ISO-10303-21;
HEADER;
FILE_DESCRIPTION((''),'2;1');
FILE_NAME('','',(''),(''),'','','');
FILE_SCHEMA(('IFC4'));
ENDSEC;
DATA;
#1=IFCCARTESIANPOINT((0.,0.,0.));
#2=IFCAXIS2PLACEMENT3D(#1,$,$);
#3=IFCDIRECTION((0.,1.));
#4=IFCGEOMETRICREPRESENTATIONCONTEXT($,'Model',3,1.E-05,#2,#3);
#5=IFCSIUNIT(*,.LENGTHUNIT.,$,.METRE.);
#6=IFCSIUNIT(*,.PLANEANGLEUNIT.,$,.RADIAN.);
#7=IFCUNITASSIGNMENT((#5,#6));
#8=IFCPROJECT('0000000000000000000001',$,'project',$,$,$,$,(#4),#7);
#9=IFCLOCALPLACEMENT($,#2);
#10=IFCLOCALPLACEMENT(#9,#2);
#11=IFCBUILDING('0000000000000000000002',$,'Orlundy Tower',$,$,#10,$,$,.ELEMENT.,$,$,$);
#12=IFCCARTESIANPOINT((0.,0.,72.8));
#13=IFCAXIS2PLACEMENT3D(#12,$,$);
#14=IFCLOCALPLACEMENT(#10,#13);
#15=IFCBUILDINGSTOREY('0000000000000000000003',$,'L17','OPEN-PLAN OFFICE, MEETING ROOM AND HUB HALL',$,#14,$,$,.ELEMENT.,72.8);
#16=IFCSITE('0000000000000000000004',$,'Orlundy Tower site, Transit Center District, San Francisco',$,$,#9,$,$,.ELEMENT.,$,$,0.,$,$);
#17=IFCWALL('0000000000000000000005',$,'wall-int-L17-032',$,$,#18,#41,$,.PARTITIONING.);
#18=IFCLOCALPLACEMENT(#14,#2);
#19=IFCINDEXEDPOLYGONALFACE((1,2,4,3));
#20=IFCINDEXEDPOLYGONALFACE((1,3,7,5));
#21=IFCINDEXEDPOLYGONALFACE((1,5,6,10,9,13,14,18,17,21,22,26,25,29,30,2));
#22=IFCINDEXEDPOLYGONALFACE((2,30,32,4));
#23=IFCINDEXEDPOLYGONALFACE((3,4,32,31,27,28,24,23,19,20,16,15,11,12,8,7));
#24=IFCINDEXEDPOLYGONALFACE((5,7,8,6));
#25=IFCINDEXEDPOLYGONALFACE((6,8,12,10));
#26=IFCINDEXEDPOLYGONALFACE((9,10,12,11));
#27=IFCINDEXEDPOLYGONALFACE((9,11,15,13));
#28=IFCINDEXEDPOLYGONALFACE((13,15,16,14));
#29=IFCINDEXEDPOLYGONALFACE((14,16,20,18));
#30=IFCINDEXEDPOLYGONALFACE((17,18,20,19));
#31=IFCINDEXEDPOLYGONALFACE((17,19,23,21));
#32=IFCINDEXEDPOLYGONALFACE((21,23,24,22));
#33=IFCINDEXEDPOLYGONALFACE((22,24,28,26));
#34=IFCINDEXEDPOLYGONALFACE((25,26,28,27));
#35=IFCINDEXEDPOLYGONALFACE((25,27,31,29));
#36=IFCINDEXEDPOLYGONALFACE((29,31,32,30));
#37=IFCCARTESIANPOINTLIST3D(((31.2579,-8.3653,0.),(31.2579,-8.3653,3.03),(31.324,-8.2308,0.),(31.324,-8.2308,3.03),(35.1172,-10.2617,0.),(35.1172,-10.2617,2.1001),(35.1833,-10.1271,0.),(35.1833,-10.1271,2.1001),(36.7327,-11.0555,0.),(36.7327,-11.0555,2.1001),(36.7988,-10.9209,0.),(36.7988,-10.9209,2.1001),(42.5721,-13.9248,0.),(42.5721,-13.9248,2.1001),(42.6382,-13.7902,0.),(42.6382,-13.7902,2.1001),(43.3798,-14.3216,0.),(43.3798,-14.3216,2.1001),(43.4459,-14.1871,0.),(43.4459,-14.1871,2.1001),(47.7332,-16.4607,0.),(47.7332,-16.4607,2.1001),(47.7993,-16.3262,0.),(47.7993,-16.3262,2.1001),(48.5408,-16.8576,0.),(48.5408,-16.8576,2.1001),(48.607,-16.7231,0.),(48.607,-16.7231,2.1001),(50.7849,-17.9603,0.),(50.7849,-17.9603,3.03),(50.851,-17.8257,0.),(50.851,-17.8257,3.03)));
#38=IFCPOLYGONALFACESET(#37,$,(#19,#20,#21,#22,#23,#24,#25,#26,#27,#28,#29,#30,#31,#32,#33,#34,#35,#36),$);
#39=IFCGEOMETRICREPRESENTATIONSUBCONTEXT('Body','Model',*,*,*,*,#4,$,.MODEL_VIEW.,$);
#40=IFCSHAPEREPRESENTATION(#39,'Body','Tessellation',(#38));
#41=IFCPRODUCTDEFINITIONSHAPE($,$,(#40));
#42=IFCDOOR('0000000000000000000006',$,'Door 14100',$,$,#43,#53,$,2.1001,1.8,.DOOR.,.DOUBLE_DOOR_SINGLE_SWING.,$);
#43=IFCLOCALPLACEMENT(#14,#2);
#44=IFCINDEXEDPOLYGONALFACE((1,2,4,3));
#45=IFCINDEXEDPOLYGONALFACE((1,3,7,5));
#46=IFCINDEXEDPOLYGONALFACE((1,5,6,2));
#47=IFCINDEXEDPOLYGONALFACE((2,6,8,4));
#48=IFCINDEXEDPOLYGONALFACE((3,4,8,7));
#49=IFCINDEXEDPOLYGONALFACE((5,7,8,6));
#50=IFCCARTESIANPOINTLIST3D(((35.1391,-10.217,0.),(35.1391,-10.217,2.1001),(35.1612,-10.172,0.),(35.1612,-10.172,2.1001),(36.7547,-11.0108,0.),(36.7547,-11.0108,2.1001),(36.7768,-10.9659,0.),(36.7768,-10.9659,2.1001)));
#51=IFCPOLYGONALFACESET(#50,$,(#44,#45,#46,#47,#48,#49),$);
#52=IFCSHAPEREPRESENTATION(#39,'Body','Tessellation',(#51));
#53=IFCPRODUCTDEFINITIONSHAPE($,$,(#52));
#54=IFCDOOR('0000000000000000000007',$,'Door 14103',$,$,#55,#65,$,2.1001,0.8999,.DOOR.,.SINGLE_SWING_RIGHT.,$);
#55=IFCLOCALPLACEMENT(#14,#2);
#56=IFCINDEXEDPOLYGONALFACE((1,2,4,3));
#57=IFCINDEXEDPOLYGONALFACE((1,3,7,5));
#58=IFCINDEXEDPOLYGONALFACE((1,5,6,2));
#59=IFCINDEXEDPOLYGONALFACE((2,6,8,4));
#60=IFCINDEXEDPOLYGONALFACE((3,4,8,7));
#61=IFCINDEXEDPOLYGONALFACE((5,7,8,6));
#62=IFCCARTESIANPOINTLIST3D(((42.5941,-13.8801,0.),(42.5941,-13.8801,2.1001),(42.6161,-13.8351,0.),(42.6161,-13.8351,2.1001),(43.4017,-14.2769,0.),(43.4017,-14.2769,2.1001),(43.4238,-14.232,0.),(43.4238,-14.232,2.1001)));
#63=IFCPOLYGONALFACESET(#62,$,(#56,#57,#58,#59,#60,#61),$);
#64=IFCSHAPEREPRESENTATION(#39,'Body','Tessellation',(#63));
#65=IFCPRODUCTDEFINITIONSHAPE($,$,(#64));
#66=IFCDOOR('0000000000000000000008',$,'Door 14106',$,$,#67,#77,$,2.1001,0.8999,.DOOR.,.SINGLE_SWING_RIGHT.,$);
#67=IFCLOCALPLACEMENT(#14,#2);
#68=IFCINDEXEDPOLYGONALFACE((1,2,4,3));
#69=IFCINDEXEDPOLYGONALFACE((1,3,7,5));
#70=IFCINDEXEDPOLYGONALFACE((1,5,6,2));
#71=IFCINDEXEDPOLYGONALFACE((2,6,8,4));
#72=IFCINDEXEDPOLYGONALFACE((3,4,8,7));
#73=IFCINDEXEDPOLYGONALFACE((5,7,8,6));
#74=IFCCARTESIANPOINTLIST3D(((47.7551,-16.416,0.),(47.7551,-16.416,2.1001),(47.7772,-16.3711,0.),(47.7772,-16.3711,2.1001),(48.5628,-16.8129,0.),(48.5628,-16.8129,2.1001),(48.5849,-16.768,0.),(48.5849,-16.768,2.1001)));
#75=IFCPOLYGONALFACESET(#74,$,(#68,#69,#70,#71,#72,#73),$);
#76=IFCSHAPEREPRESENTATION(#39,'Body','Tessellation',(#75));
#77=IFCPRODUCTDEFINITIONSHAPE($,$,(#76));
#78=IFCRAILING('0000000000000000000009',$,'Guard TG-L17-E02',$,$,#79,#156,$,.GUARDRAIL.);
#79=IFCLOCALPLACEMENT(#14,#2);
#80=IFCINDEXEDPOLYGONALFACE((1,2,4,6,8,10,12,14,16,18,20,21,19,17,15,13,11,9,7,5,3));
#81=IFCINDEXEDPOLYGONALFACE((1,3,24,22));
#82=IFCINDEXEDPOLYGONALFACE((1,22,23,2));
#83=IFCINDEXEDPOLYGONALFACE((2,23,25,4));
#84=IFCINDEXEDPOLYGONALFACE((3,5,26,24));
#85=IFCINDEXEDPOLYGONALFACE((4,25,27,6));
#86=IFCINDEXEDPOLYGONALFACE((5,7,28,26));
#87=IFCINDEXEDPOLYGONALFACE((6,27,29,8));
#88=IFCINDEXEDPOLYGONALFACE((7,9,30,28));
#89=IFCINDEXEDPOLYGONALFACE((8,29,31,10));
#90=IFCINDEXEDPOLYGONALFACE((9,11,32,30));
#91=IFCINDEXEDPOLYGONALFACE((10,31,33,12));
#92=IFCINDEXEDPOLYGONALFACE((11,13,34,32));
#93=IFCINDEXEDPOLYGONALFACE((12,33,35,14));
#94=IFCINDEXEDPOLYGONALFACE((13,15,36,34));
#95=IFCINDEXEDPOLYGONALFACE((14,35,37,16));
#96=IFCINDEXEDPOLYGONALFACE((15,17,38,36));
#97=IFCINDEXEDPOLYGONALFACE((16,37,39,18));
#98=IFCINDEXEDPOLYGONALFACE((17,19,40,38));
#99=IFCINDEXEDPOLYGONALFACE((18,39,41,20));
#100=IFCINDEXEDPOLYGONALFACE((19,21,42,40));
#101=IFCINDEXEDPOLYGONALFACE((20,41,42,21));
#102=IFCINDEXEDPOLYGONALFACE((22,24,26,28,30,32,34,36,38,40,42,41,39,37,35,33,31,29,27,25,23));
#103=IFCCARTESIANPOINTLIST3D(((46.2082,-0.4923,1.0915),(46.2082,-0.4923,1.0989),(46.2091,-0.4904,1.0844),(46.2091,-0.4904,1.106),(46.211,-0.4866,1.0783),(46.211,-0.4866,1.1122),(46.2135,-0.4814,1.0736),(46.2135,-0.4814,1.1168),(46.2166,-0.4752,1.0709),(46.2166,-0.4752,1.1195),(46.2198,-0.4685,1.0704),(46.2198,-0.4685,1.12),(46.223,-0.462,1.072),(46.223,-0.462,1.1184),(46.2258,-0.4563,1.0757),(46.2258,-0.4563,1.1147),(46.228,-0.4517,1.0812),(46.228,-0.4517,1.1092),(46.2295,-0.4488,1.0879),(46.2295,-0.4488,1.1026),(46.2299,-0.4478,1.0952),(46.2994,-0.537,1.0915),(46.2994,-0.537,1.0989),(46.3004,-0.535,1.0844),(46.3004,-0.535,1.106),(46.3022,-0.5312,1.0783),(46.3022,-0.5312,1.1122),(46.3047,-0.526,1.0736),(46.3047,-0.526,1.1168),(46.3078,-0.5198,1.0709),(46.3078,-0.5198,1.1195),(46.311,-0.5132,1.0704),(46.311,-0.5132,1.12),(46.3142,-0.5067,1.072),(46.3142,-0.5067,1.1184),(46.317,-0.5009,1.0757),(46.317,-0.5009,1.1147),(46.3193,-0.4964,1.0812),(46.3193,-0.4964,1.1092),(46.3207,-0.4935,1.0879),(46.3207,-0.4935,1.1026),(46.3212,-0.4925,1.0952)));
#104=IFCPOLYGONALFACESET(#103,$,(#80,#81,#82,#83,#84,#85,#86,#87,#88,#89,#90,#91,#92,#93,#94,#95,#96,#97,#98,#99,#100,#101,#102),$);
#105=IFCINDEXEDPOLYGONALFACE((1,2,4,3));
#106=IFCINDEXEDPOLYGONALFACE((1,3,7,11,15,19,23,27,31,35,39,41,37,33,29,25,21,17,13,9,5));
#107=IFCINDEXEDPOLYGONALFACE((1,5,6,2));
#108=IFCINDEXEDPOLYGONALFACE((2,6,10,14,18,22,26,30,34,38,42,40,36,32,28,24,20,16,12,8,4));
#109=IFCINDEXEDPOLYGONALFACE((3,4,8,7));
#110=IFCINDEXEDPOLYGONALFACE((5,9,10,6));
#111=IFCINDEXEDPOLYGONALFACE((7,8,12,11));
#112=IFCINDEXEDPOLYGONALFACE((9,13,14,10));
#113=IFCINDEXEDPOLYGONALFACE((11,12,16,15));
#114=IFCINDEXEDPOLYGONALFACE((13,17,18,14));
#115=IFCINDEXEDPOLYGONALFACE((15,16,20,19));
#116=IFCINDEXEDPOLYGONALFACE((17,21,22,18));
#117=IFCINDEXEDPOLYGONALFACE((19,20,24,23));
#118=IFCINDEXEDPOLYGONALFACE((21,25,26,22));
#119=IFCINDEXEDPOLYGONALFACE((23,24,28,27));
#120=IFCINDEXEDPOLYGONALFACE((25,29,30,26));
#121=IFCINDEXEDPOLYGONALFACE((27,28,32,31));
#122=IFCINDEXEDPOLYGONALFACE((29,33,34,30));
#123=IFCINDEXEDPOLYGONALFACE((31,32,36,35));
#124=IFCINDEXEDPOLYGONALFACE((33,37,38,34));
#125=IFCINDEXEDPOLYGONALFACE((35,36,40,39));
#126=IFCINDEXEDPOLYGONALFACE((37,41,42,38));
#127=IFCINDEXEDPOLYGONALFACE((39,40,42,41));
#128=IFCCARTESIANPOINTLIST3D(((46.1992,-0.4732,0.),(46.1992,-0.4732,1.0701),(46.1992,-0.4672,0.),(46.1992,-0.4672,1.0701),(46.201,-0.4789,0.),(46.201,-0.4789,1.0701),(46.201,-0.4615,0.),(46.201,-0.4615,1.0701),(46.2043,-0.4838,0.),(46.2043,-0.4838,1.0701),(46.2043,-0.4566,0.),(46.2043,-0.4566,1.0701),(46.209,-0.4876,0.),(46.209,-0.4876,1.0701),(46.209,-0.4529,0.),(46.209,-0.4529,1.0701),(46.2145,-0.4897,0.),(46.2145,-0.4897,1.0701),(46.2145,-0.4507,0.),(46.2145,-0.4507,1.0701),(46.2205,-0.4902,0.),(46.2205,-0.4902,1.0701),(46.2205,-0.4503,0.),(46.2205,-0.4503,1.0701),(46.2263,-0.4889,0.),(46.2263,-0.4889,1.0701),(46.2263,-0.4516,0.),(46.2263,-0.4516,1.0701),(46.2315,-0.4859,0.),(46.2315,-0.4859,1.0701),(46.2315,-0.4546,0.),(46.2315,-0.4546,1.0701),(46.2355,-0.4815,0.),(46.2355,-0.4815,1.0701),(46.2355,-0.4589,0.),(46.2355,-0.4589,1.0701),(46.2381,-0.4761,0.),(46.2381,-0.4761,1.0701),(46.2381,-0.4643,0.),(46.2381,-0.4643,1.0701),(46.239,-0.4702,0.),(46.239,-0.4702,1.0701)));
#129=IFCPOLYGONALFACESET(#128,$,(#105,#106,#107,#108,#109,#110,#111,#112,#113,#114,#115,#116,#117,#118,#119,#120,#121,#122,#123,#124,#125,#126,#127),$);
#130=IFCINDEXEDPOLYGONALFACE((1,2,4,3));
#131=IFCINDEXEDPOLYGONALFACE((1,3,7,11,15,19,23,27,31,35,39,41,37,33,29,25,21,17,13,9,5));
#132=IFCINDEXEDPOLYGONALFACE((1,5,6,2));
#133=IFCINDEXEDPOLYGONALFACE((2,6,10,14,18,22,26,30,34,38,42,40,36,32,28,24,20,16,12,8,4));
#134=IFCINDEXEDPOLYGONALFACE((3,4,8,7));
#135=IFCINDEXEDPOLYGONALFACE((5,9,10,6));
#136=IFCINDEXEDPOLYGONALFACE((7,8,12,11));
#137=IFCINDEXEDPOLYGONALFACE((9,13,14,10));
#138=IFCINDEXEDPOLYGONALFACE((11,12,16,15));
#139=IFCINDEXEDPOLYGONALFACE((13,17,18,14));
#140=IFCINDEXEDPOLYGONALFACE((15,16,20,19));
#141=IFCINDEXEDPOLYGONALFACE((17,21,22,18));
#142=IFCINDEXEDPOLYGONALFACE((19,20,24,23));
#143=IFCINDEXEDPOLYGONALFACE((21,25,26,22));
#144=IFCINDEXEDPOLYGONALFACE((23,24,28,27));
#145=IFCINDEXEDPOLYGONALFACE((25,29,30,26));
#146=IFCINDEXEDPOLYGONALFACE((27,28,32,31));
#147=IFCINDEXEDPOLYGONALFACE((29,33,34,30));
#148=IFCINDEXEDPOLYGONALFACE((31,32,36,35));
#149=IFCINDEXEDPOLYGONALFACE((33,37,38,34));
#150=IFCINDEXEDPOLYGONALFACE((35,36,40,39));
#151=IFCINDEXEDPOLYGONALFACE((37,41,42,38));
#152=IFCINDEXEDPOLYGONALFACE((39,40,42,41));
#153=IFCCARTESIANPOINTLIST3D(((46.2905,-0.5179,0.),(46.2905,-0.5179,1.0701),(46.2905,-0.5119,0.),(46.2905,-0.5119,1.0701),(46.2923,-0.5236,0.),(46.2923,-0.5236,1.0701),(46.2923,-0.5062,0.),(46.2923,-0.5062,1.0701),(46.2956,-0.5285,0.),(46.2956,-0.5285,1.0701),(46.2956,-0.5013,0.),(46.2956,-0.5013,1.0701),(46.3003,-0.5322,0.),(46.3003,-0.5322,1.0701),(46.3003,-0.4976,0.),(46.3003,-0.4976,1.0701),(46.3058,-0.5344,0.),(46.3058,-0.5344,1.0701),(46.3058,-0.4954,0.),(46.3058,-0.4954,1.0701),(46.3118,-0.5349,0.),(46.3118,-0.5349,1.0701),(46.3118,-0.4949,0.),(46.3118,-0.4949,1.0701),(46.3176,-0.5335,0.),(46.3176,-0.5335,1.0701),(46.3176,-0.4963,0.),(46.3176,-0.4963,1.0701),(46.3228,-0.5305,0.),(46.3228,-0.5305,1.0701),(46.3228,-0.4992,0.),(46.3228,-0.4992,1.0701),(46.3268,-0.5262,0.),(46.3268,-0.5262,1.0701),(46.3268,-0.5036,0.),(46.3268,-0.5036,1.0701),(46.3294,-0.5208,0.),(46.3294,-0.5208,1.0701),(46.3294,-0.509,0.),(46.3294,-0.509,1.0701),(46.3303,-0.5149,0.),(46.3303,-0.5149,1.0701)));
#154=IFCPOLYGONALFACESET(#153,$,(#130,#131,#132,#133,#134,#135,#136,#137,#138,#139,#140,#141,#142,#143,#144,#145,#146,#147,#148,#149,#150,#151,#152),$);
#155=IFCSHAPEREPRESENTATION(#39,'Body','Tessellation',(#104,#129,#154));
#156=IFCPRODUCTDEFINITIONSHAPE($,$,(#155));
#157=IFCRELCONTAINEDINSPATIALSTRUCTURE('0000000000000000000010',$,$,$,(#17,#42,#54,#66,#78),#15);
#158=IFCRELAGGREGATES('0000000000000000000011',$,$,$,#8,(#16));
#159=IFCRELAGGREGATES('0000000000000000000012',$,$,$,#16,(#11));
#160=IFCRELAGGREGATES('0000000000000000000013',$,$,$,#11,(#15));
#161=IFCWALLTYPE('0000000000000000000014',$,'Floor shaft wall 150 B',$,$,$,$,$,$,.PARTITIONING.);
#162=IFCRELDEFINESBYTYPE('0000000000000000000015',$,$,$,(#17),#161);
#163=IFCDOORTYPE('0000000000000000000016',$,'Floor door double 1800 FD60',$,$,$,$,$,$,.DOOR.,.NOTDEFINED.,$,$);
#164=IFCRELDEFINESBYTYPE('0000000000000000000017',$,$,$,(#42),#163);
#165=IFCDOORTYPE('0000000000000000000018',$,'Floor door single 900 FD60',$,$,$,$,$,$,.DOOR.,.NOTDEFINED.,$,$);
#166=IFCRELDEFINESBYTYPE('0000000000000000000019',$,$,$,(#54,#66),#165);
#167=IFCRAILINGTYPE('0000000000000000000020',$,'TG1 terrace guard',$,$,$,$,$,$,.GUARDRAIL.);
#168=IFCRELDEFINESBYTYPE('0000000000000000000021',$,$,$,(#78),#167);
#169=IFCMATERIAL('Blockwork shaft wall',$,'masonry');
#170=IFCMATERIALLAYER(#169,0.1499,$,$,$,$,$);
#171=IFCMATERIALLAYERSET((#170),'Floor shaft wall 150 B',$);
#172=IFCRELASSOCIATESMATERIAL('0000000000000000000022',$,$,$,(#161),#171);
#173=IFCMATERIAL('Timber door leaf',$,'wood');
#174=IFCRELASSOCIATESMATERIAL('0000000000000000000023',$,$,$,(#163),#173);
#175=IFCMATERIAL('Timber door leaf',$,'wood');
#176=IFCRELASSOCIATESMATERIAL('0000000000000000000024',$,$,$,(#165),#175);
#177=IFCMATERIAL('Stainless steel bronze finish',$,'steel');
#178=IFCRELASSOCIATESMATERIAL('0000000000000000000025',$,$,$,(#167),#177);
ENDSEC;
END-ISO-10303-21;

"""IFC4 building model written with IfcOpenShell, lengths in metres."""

from ifc_helpers import new_model, si_unit, direction, frame, frame_2d, origin, origin_2d, place, context, subcontext, project, spatial, rectangle, circle, extrude, material, layer, layer_set, type_object, element, fill, save


model = new_model("IFC4")

# Units and contexts
model_context = context("Model", 3, precision=1e-05, world=origin(), true_north=direction((0.0, 1.0)))
body_context = subcontext(model_context, "Body", "Model", "MODEL_VIEW")
ifc_project = project(units=[si_unit("LENGTHUNIT", "METRE"), si_unit("PLANEANGLEUNIT", "RADIAN")], contexts=[model_context])

# Site, building, storey
site_placement = place(None, origin())
site = spatial("IfcSite", under=ifc_project, at=site_placement, Name="Orlundy Tower site, Transit Center District, San Francisco", CompositionType="ELEMENT", RefElevation=0.0)
building_placement = place(site_placement, origin())
building = spatial("IfcBuilding", under=site, at=building_placement, Name="Orlundy Tower", CompositionType="ELEMENT")
storey_placement = place(building_placement, frame((0.0, 0.0, 72.8)))
storey = spatial("IfcBuildingStorey", under=building, at=storey_placement, Name="L17", Description="OPEN-PLAN OFFICE, MEETING ROOM AND HUB HALL", CompositionType="ELEMENT", Elevation=72.8)

# Wall, openings, doors
ifc_material_1 = material(Name="Blockwork shaft wall", Category="masonry")
ifc_layer_1 = layer(ifc_material_1, 0.1499)
ifc_layer_set_1 = layer_set([ifc_layer_1], Name="Floor shaft wall 150 B")
wall_type = type_object("IfcWallType", Name="Floor shaft wall 150 B", PredefinedType="PARTITIONING", material=ifc_layer_set_1)
wall_placement = place(storey_placement, frame((31.291, -8.2981, 0.0), z_axis=(0.0, 0.0, 1.0), x_axis=(0.897505, -0.441004, 0.0)))
wall = element("IfcWall", 1, at=wall_placement, inside=storey, type_object=wall_type, Name="wall-int-L17-032", PredefinedType="PARTITIONING", context=body_context, shape_type="SweptSolid", body=[
    extrude(rectangle(XDim=21.7571, YDim=0.1499, at=frame_2d((10.8784, 0.0))), origin(), (0.0, 0.0, 1.0), 3.03),
])
opening_1_placement = place(wall_placement, frame((4.3, 0.0, 0.0)))
opening_1 = element("IfcOpeningElement", 2, at=opening_1_placement, cuts=wall, PredefinedType="OPENING", context=body_context, shape_type="SweptSolid", body=[
    extrude(rectangle(XDim=1.8, YDim=2.1001, at=frame_2d((0.8999, 1.05))), frame((0.0, 0.085, 0.0), z_axis=(0.0, -1.0, 0.0), x_axis=(1.0, 0.0, 0.0)), (0.0, 0.0, 1.0), 0.1699),
])
opening_2_placement = place(wall_placement, frame((12.6062, 0.0, 0.0)))
opening_2 = element("IfcOpeningElement", 3, at=opening_2_placement, cuts=wall, PredefinedType="OPENING", context=body_context, shape_type="SweptSolid", body=[
    extrude(rectangle(XDim=0.8999, YDim=2.1001, at=frame_2d((0.45, 1.05))), frame((0.0, 0.085, 0.0), z_axis=(0.0, -1.0, 0.0), x_axis=(1.0, 0.0, 0.0)), (0.0, 0.0, 1.0), 0.1699),
])
opening_3_placement = place(wall_placement, frame((18.3567, 0.0, 0.0)))
opening_3 = element("IfcOpeningElement", 4, at=opening_3_placement, cuts=wall, PredefinedType="OPENING", context=body_context, shape_type="SweptSolid", body=[
    extrude(rectangle(XDim=0.8999, YDim=2.1001, at=frame_2d((0.45, 1.05))), frame((0.0, 0.085, 0.0), z_axis=(0.0, -1.0, 0.0), x_axis=(1.0, 0.0, 0.0)), (0.0, 0.0, 1.0), 0.1699),
])
ifc_material_2 = material(Name="Timber door leaf", Category="wood")
door_type_1 = type_object("IfcDoorType", Name="Floor door double 1800 FD60", OperationType="NOTDEFINED", PredefinedType="DOOR", material=ifc_material_2)
door_1_placement = place(opening_1_placement, origin())
door_1 = element("IfcDoor", 5, at=door_1_placement, inside=storey, type_object=door_type_1, Name="Door 14100", OperationType="DOUBLE_DOOR_SINGLE_SWING", OverallHeight=2.1001, OverallWidth=1.8, PredefinedType="DOOR", context=body_context, shape_type="SweptSolid", body=[
    extrude(rectangle(XDim=1.8, YDim=2.1001, at=frame_2d((0.8999, 1.05))), frame((0.0, 0.0249, 0.0), z_axis=(0.0, -1.0, 0.0), x_axis=(1.0, 0.0, 0.0)), (0.0, 0.0, 1.0), 0.05),
])
fill(opening_1, door_1)
ifc_material_3 = material(Name="Timber door leaf", Category="wood")
door_type_2 = type_object("IfcDoorType", Name="Floor door single 900 FD60", OperationType="NOTDEFINED", PredefinedType="DOOR", material=ifc_material_3)
door_2_placement = place(opening_2_placement, origin())
door_2 = element("IfcDoor", 6, at=door_2_placement, inside=storey, type_object=door_type_2, Name="Door 14103", OperationType="SINGLE_SWING_RIGHT", OverallHeight=2.1001, OverallWidth=0.8999, PredefinedType="DOOR", context=body_context, shape_type="SweptSolid", body=[
    extrude(rectangle(XDim=0.8999, YDim=2.1001, at=frame_2d((0.45, 1.05))), frame((0.0, 0.0249, 0.0), z_axis=(0.0, -1.0, 0.0), x_axis=(1.0, 0.0, 0.0)), (0.0, 0.0, 1.0), 0.05),
])
fill(opening_2, door_2)
door_3_placement = place(opening_3_placement, origin())
door_3 = element("IfcDoor", 7, at=door_3_placement, inside=storey, type_object=door_type_2, Name="Door 14106", OperationType="SINGLE_SWING_RIGHT", OverallHeight=2.1001, OverallWidth=0.8999, PredefinedType="DOOR", context=body_context, shape_type="SweptSolid", body=[
    extrude(rectangle(XDim=0.8999, YDim=2.1001, at=frame_2d((0.45, 1.05))), frame((0.0, 0.0249, 0.0), z_axis=(0.0, -1.0, 0.0), x_axis=(1.0, 0.0, 0.0)), (0.0, 0.0, 1.0), 0.05),
])
fill(opening_3, door_3)

# Railing
ifc_material_4 = material(Name="Stainless steel bronze finish", Category="steel")
railing_type = type_object("IfcRailingType", Name="TG1 terrace guard", PredefinedType="GUARDRAIL", material=ifc_material_4)
railing_placement = place(storey_placement, frame((46.219, -0.4702, 0.0)))
element("IfcRailing", 8, at=railing_placement, inside=storey, type_object=railing_type, Name="Guard TG-L17-E02", PredefinedType="GUARDRAIL", context=body_context, shape_type="SweptSolid", body=[
    extrude(circle(Radius=0.0249, at=origin_2d()), frame((0.0, 0.0, 1.0952), z_axis=(0.898237, -0.439512, 0.0), x_axis=(0.439512, 0.898237, 0.0)), (0.0, 0.0, 1.0), 0.1016),
    extrude(circle(Radius=0.02, at=origin_2d()), origin(), (0.0, 0.0, 1.0), 1.0701),
    extrude(circle(Radius=0.02, at=origin_2d()), frame((0.0913, -0.0447, 0.0)), (0.0, 0.0, 1.0), 1.0701),
])

save(model, "model.ifc")
